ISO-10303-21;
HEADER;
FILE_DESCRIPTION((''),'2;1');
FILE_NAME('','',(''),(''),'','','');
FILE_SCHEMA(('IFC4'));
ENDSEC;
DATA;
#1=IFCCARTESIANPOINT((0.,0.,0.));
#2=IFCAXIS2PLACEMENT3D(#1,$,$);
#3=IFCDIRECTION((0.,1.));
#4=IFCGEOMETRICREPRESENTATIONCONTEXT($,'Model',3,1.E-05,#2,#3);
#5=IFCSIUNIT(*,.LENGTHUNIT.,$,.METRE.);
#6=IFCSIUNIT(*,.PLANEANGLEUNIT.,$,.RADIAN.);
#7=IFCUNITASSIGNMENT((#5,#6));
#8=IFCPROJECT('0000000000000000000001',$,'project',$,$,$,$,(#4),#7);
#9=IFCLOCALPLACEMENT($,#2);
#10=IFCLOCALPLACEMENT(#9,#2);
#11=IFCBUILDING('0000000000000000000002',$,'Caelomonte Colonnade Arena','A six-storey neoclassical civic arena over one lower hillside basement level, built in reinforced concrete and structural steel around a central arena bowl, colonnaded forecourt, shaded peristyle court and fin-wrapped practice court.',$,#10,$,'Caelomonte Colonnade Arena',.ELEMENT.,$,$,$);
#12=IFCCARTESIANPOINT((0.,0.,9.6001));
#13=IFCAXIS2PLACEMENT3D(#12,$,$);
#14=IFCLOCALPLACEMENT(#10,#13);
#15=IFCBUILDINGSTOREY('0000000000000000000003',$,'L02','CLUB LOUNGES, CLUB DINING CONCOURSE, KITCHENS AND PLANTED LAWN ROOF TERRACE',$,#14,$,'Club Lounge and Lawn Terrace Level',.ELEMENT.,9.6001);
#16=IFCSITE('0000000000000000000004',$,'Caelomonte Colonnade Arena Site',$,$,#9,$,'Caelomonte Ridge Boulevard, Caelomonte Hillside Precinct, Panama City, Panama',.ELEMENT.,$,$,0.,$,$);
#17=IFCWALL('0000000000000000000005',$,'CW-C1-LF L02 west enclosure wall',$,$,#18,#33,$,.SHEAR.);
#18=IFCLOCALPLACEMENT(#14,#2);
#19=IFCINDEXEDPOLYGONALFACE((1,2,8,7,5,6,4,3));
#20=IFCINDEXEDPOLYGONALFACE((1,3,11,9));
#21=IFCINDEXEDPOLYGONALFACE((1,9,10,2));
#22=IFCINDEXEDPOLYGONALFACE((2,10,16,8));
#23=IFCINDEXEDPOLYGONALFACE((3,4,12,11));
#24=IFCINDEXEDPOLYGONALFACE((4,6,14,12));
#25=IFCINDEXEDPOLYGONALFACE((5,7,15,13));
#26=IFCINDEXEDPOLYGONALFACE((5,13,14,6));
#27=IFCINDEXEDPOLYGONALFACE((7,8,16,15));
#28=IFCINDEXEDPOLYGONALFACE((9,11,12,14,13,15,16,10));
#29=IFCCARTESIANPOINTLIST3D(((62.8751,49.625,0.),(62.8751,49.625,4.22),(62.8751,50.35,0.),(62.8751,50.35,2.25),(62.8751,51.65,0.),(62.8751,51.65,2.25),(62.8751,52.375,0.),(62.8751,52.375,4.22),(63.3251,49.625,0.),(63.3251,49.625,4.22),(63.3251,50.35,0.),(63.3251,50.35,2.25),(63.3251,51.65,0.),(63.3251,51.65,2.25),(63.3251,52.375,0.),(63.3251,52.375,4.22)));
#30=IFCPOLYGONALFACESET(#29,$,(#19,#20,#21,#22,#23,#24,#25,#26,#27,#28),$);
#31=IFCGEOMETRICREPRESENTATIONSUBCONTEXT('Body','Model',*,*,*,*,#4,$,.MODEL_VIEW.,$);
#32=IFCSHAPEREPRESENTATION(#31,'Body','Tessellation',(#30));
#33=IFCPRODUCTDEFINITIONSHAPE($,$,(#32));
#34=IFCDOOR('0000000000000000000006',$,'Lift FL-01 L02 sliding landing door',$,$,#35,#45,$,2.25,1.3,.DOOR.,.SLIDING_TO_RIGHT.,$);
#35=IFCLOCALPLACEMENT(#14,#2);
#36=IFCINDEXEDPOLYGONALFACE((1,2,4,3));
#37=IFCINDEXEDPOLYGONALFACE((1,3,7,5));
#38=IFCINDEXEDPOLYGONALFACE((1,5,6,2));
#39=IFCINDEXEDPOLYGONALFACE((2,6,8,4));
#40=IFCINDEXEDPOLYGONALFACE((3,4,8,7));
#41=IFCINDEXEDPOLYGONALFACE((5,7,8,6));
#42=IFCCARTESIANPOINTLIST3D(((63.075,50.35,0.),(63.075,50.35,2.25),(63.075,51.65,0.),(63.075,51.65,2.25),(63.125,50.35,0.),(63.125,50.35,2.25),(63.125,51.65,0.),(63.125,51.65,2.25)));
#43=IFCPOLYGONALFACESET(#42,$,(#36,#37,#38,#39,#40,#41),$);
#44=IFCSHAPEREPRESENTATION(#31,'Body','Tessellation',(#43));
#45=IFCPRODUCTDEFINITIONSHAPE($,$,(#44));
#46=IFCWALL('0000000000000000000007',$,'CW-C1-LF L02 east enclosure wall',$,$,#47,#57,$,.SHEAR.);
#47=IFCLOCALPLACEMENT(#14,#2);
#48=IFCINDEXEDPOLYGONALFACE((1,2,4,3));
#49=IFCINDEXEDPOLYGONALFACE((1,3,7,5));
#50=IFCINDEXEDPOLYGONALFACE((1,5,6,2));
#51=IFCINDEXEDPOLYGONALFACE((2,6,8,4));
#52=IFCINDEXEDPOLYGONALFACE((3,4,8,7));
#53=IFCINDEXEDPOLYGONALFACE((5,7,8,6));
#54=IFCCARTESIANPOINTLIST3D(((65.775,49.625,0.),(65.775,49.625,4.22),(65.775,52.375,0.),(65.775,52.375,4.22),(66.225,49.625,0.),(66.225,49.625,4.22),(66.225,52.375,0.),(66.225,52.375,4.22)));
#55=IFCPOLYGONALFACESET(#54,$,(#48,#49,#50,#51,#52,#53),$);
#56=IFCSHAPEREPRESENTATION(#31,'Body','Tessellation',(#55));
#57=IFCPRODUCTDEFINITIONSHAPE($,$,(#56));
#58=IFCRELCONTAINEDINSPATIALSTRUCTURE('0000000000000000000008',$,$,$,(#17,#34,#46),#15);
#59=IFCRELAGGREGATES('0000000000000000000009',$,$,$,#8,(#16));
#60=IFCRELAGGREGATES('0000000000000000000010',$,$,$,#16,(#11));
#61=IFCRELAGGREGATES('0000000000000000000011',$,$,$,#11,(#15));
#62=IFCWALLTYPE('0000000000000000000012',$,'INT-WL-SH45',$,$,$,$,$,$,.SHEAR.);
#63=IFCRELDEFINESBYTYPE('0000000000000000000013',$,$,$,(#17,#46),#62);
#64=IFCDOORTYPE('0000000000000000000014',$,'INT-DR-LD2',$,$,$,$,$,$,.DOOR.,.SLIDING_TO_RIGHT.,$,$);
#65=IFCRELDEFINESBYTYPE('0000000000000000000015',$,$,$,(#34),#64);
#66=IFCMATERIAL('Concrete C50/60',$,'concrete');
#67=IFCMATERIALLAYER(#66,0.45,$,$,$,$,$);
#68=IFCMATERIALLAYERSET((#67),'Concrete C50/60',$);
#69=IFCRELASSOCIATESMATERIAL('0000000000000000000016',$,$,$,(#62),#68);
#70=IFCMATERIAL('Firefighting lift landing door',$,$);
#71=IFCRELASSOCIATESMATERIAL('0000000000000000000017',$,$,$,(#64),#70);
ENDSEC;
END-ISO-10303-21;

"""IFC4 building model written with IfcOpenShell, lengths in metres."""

from ifc_helpers import new_model, si_unit, direction, frame, frame_2d, origin, place, context, subcontext, project, spatial, rectangle, extrude, material, layer, layer_set, type_object, element, fill, save


model = new_model("IFC4")

# Units and contexts
model_context = context("Model", 3, precision=1e-05, world=origin(), true_north=direction((0.0, 1.0)))
body_context = subcontext(model_context, "Body", "Model", "MODEL_VIEW")
ifc_project = project(units=[si_unit("LENGTHUNIT", "METRE"), si_unit("PLANEANGLEUNIT", "RADIAN")], contexts=[model_context])

# Site, building, storey
site_placement = place(None, origin())
site = spatial("IfcSite", under=ifc_project, at=site_placement, Name="Caelomonte Colonnade Arena Site", LongName="Caelomonte Ridge Boulevard, Caelomonte Hillside Precinct, Panama City, Panama", CompositionType="ELEMENT", RefElevation=0.0)
building_placement = place(site_placement, origin())
building = spatial("IfcBuilding", under=site, at=building_placement, Name="Caelomonte Colonnade Arena", Description="A six-storey neoclassical civic arena over one lower hillside basement level, built in reinforced concrete and structural steel around a central arena bowl, colonnaded forecourt, shaded peristyle court and fin-wrapped practice court.", LongName="Caelomonte Colonnade Arena", CompositionType="ELEMENT")
storey_placement = place(building_placement, frame((0.0, 0.0, 9.6001)))
storey = spatial("IfcBuildingStorey", under=building, at=storey_placement, Name="L02", Description="CLUB LOUNGES, CLUB DINING CONCOURSE, KITCHENS AND PLANTED LAWN ROOF TERRACE", LongName="Club Lounge and Lawn Terrace Level", CompositionType="ELEMENT", Elevation=9.6001)

# Shared definitions
ifc_material_1 = material(Name="Concrete C50/60", Category="concrete")

# Shared definitions
ifc_layer_1 = layer(ifc_material_1, 0.45)
ifc_layer_set_1 = layer_set([ifc_layer_1], Name="Concrete C50/60")
wall_type_1 = type_object("IfcWallType", Name="INT-WL-SH45", PredefinedType="SHEAR", material=ifc_layer_set_1)

# Wall, opening, door
wall_1_placement = place(storey_placement, frame((63.1001, 52.375, 0.0), z_axis=(0.0, 0.0, 1.0), x_axis=(0.0, -1.0, 0.0)))
wall_1 = element("IfcWall", 1, at=wall_1_placement, inside=storey, type_object=wall_type_1, Name="CW-C1-LF L02 west enclosure wall", PredefinedType="SHEAR", context=body_context, shape_type="SweptSolid", body=[
    extrude(rectangle(XDim=2.75, YDim=0.45, at=frame_2d((1.375, 0.0))), origin(), (0.0, 0.0, 1.0), 4.22),
])
opening_1_placement = place(wall_1_placement, frame((0.7251, 0.0, 0.0), z_axis=(0.0, 0.0, 1.0), x_axis=(1.0, 0.0, 0.0)))
opening_1 = element("IfcOpeningElement", 2, at=opening_1_placement, cuts=wall_1, PredefinedType="OPENING", context=body_context, shape_type="SweptSolid", body=[
    extrude(rectangle(XDim=1.3, YDim=2.25, at=frame_2d((0.6499, 1.125))), frame((0.0, 0.2349, 0.0), z_axis=(0.0, -1.0, 0.0), x_axis=(1.0, 0.0, 0.0)), (0.0, 0.0, 1.0), 0.47),
])
ifc_material_2 = material(Name="Firefighting lift landing door")
door_type_1 = type_object("IfcDoorType", Name="INT-DR-LD2", OperationType="SLIDING_TO_RIGHT", PredefinedType="DOOR", material=ifc_material_2)
door_1_placement = place(opening_1_placement, origin())
door_1 = element("IfcDoor", 3, at=door_1_placement, inside=storey, type_object=door_type_1, Name="Lift FL-01 L02 sliding landing door", OperationType="SLIDING_TO_RIGHT", OverallHeight=2.25, OverallWidth=1.3, PredefinedType="DOOR", context=body_context, shape_type="SweptSolid", body=[
    extrude(rectangle(XDim=1.3, YDim=2.25, at=frame_2d((0.6499, 1.125))), frame((0.0, 0.0249, 0.0), z_axis=(0.0, -1.0, 0.0), x_axis=(1.0, 0.0, 0.0)), (0.0, 0.0, 1.0), 0.05),
])
fill(opening_1, door_1)

# Wall
wall_2_placement = place(storey_placement, frame((66.0, 49.625, 0.0), z_axis=(0.0, 0.0, 1.0), x_axis=(0.0, 1.0, 0.0)))
element("IfcWall", 4, at=wall_2_placement, inside=storey, type_object=wall_type_1, Name="CW-C1-LF L02 east enclosure wall", PredefinedType="SHEAR", context=body_context, shape_type="SweptSolid", body=[
    extrude(rectangle(XDim=2.75, YDim=0.45, at=frame_2d((1.375, 0.0))), origin(), (0.0, 0.0, 1.0), 4.22),
])

save(model, "model.ifc")
